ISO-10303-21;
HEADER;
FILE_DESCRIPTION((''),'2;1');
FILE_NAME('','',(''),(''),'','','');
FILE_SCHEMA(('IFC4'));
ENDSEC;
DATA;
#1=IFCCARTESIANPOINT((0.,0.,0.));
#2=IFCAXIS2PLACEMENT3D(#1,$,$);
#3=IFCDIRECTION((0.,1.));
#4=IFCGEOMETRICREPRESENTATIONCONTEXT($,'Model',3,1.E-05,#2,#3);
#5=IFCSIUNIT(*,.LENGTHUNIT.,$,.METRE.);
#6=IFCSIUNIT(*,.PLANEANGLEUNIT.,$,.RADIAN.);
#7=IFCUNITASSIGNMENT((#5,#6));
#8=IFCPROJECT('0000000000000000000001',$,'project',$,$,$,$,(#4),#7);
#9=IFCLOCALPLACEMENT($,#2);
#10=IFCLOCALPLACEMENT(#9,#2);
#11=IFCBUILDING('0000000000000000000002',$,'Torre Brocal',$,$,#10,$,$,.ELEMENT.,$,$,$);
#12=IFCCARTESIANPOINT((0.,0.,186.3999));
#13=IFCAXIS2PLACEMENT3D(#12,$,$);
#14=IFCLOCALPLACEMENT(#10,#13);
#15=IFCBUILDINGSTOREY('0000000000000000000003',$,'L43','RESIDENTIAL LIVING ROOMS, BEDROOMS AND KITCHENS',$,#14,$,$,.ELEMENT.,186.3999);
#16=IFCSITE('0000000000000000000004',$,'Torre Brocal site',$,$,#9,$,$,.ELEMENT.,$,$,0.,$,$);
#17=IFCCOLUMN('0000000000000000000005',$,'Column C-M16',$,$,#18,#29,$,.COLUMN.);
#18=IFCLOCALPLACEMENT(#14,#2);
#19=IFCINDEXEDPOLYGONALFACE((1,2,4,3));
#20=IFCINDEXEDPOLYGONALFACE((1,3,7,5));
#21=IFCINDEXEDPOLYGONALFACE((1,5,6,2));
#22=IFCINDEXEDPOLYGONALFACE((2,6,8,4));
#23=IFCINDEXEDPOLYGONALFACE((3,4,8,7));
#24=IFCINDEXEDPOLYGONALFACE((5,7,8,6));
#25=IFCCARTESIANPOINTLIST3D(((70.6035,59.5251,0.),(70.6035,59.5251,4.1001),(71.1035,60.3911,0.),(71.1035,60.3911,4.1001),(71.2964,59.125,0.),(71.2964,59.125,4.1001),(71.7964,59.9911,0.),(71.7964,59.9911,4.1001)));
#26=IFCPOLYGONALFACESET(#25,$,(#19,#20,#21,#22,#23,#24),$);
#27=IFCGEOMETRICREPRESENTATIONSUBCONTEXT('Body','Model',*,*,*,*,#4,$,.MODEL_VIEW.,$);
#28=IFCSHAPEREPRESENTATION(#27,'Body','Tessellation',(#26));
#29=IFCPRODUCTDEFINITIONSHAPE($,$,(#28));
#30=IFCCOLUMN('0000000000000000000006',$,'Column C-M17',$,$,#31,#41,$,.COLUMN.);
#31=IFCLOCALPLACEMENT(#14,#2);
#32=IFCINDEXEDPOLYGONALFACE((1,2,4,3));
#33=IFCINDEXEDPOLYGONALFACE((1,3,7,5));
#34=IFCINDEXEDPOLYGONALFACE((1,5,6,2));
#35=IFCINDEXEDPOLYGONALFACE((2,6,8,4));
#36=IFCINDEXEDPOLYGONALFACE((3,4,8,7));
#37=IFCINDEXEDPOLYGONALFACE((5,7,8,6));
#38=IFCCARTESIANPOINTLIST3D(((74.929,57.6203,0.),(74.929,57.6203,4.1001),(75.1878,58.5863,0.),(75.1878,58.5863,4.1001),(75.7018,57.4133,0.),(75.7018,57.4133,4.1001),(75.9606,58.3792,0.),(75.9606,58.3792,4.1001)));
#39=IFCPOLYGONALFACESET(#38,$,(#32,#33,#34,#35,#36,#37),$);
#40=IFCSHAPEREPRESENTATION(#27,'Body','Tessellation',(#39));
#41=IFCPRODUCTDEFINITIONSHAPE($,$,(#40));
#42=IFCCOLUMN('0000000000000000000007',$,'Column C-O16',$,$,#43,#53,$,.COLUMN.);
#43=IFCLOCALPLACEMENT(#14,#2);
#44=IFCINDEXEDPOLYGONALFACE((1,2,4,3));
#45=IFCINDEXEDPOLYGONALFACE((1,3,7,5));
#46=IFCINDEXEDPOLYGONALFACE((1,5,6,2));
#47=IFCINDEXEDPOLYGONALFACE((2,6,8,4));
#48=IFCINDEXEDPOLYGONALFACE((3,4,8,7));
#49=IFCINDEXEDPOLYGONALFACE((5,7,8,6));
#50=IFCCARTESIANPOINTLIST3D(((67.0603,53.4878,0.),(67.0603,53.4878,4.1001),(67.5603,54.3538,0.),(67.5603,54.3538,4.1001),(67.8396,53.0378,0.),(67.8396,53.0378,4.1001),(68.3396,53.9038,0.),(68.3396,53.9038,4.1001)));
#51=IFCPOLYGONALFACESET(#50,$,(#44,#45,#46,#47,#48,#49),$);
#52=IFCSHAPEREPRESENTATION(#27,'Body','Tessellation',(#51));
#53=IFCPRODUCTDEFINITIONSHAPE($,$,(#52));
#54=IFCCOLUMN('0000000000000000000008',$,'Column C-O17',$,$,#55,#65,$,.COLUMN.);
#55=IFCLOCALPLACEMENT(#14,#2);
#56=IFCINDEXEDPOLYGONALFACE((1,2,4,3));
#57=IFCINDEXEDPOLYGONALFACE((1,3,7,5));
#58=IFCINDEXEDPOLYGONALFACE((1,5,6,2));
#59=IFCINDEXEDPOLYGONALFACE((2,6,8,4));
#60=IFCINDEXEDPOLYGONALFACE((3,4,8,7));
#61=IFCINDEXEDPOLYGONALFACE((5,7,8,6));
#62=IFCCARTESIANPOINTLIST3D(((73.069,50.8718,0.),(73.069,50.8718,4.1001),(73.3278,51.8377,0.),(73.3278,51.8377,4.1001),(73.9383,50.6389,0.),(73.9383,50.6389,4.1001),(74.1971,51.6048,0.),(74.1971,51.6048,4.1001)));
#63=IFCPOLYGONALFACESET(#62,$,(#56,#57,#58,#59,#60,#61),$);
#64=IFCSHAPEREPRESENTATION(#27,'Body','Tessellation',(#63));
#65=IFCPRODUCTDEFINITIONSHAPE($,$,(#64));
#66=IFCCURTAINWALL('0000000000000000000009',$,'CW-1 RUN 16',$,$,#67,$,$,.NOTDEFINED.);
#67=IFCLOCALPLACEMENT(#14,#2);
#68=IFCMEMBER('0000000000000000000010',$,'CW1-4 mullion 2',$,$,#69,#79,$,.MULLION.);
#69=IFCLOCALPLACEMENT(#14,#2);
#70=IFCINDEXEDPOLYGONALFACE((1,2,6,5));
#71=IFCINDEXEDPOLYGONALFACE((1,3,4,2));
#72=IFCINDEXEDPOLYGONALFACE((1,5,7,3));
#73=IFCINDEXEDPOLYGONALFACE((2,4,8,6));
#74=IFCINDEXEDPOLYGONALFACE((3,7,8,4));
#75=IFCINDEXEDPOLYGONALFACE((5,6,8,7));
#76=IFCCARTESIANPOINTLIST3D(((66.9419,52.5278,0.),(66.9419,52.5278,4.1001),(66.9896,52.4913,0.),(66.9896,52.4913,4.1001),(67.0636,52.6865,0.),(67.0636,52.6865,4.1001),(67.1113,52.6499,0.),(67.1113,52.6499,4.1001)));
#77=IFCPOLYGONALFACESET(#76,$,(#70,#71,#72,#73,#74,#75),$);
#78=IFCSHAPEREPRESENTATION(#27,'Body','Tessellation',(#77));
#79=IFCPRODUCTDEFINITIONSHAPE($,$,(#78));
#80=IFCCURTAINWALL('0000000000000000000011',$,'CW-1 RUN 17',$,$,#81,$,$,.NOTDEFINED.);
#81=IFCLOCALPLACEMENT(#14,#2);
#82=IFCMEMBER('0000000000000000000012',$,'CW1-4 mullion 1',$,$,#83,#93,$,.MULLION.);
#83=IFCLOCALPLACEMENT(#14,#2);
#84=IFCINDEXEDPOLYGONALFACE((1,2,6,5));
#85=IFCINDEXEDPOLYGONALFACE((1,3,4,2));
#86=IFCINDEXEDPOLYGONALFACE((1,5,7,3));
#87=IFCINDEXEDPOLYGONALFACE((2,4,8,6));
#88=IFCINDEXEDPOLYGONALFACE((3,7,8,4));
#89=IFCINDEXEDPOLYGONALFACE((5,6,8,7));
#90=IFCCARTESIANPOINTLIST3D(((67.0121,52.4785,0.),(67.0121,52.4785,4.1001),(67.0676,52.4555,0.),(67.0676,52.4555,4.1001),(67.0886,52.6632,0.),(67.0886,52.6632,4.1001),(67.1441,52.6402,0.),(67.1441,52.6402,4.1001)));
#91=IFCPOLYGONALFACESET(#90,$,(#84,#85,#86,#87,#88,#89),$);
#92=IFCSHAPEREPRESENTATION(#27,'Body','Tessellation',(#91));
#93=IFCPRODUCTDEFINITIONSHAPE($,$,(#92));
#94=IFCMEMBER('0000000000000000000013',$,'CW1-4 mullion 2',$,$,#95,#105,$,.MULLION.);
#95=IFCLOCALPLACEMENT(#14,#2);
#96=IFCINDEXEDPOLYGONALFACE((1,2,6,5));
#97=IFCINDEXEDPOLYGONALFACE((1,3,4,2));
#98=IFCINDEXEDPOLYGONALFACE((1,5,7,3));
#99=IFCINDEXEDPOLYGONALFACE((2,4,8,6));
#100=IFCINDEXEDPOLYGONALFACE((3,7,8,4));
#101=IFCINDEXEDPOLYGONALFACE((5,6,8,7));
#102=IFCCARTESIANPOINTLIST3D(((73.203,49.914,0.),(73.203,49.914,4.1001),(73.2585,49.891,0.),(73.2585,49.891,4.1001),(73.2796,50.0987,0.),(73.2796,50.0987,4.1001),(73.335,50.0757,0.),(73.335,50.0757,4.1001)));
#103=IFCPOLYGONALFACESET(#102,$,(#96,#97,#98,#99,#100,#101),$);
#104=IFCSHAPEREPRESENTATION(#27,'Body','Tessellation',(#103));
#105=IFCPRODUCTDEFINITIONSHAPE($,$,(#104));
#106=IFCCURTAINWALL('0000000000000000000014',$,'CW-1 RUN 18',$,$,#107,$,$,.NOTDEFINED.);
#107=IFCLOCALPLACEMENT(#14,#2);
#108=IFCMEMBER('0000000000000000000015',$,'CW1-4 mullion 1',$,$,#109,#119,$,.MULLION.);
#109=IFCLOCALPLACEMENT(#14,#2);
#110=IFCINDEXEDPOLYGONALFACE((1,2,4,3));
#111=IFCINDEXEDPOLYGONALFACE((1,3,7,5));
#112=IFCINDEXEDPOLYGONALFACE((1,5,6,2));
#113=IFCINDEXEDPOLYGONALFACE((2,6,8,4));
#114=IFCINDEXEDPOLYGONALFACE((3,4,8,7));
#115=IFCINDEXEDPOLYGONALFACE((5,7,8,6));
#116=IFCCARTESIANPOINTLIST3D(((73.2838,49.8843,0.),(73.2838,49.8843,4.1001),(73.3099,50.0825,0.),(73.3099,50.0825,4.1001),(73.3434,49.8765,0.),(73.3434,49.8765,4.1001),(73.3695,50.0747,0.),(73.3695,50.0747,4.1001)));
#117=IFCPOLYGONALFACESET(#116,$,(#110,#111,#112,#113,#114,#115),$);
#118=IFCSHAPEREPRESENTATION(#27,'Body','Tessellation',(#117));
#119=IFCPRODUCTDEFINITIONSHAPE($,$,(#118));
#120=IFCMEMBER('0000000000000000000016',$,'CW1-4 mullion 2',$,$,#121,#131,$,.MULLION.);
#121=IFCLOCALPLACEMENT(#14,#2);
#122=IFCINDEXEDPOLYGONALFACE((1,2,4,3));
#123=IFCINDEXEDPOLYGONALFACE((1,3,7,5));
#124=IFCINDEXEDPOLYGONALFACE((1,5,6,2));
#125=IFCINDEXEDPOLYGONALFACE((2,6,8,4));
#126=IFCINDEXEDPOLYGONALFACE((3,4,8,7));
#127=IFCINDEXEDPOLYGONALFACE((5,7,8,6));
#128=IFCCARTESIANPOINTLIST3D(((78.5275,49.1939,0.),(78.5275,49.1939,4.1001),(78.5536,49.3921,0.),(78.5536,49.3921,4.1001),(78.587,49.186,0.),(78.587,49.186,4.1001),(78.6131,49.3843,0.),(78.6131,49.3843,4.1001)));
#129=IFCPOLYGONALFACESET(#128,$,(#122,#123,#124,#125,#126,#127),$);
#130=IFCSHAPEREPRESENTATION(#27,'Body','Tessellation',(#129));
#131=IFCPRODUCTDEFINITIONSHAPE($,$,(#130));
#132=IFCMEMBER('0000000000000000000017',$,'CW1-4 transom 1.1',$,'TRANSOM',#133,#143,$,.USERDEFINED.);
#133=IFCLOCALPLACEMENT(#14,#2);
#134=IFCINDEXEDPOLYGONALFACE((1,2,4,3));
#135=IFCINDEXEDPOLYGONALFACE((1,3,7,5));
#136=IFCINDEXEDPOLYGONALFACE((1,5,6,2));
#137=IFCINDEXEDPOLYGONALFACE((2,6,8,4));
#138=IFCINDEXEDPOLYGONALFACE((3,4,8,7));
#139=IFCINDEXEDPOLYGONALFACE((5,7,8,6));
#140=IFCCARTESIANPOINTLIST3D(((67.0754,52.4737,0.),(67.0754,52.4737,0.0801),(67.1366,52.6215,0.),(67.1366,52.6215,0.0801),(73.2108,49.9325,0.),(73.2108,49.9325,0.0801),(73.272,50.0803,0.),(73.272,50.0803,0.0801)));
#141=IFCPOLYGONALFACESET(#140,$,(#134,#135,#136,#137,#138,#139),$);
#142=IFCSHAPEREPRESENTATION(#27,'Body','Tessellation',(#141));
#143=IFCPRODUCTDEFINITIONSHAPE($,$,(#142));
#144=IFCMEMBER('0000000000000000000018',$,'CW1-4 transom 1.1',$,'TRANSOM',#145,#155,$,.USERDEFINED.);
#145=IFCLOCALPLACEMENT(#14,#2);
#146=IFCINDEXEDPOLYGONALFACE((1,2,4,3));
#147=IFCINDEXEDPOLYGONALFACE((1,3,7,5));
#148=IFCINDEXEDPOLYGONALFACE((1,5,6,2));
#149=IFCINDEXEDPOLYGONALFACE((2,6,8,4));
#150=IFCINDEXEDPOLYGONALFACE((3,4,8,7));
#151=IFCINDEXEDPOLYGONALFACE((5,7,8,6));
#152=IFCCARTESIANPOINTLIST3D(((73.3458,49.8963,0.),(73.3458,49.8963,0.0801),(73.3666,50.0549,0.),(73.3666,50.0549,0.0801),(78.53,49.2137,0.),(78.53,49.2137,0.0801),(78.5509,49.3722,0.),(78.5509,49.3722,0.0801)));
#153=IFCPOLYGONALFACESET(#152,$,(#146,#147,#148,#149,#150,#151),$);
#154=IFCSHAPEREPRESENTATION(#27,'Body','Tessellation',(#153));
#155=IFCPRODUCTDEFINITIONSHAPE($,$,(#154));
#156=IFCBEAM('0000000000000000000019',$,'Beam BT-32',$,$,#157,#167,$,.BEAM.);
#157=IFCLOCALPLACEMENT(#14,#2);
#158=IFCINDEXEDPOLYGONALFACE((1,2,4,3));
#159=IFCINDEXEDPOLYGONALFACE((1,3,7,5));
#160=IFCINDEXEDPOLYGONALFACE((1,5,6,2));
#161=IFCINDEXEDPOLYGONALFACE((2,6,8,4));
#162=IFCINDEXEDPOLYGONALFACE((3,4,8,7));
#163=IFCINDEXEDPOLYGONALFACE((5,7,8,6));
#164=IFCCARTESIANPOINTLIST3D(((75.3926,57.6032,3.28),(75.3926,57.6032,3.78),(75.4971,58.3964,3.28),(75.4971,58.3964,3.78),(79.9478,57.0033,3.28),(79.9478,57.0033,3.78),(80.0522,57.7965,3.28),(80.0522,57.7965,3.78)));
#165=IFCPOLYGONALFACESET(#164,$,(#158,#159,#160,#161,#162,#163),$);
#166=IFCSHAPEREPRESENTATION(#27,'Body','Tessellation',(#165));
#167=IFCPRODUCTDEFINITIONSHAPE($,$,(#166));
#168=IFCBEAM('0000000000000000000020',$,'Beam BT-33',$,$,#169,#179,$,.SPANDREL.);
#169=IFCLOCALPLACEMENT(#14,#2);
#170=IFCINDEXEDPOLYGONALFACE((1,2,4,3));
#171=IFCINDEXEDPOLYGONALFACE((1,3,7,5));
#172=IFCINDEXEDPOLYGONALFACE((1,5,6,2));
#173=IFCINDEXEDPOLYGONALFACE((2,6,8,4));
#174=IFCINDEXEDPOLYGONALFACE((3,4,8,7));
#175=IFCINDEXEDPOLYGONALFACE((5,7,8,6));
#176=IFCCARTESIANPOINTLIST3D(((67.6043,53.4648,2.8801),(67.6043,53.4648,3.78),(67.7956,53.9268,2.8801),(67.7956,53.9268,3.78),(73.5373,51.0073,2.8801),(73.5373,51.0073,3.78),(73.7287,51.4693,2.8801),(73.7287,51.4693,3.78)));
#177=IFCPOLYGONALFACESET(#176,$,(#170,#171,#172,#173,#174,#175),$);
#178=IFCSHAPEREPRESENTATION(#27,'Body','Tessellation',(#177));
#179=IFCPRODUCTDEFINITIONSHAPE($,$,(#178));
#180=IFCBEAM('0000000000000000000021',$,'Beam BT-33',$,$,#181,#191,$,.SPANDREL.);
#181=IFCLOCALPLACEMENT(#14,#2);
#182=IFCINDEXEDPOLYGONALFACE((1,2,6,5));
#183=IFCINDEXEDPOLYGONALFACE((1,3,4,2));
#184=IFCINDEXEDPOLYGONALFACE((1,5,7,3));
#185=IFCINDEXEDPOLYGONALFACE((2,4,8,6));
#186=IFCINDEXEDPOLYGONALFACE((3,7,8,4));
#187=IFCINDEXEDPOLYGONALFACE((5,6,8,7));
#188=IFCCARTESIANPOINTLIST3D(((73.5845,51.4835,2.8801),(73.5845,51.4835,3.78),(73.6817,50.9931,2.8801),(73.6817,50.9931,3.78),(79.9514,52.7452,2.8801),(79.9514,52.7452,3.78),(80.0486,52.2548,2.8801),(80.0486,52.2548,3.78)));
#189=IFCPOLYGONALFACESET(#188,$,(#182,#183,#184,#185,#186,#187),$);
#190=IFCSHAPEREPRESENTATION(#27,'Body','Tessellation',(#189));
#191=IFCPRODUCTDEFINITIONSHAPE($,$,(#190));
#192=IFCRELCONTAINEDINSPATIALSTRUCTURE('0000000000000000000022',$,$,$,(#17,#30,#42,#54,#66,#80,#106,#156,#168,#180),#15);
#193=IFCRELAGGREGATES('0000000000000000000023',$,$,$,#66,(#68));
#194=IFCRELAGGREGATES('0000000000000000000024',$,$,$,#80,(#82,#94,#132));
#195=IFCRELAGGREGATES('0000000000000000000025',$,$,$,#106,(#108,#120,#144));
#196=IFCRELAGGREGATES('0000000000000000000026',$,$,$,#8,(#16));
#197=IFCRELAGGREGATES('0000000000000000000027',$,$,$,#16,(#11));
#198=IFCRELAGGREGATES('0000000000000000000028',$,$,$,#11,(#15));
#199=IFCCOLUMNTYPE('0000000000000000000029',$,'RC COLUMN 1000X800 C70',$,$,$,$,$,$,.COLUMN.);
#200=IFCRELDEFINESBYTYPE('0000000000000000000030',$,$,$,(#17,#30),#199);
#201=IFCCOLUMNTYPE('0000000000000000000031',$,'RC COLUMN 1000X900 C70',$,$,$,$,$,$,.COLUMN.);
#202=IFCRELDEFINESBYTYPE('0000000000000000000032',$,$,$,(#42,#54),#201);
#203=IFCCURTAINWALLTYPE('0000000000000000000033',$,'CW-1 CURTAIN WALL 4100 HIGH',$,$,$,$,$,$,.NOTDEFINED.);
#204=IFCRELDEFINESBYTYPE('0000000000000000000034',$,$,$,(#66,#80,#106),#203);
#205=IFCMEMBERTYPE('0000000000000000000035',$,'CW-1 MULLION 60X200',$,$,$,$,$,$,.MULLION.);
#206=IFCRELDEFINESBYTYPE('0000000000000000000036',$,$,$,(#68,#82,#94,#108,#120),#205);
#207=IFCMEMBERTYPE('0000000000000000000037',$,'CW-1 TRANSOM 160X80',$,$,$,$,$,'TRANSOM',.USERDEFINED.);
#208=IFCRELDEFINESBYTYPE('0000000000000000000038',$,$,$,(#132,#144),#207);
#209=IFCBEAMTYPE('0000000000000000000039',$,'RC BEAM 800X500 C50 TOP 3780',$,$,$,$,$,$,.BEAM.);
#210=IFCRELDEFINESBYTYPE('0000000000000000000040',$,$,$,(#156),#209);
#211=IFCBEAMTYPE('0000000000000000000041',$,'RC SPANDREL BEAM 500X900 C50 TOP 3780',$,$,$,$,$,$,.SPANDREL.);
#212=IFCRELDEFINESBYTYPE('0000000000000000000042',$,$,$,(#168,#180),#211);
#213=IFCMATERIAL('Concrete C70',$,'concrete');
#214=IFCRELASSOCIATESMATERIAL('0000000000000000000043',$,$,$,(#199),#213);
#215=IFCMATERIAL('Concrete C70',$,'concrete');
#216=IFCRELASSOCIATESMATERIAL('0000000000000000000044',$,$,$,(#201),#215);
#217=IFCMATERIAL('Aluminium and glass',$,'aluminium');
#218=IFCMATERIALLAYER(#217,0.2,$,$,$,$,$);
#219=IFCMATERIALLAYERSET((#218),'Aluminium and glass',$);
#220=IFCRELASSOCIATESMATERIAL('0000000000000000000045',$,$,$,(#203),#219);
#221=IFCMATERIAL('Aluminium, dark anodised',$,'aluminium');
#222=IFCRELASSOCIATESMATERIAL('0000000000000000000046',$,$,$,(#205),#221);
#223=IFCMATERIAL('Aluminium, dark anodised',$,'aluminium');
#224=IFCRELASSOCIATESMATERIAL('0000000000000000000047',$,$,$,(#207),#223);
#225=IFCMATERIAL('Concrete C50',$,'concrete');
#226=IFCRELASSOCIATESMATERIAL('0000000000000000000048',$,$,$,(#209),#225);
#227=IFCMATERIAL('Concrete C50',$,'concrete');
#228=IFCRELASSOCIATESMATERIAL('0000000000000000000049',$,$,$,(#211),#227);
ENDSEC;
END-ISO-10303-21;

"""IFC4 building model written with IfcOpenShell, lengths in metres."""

from ifc_helpers import new_model, si_unit, direction, frame, origin, origin_2d, place, context, subcontext, project, spatial, rectangle, extrude, material, layer, layer_set, material_profile, profile_set, type_object, element, aggregate, save


model = new_model("IFC4")

# Units and contexts
model_context = context("Model", 3, precision=1e-05, world=origin(), true_north=direction((0.0, 1.0)))
body_context = subcontext(model_context, "Body", "Model", "MODEL_VIEW")
ifc_project = project(units=[si_unit("LENGTHUNIT", "METRE"), si_unit("PLANEANGLEUNIT", "RADIAN")], contexts=[model_context])

# Site, building, storey
site_placement = place(None, origin())
site = spatial("IfcSite", under=ifc_project, at=site_placement, Name="Torre Brocal site", CompositionType="ELEMENT", RefElevation=0.0)
building_placement = place(site_placement, origin())
building = spatial("IfcBuilding", under=site, at=building_placement, Name="Torre Brocal", CompositionType="ELEMENT")
storey_placement = place(building_placement, frame((0.0, 0.0, 186.3999)))
storey = spatial("IfcBuildingStorey", under=building, at=storey_placement, Name="L43", Description="RESIDENTIAL LIVING ROOMS, BEDROOMS AND KITCHENS", CompositionType="ELEMENT", Elevation=186.3999)

# Columns
ifc_material_1 = material(Name="Concrete C70", Category="concrete")
ifc_material_profile_1 = material_profile(ifc_material_1, rectangle(XDim=1.0, YDim=0.8, at=origin_2d()), Name="RC 1000X800")
ifc_profile_set_1 = profile_set([ifc_material_profile_1], Name="Concrete C70")
column_type_1 = type_object("IfcColumnType", Name="RC COLUMN 1000X800 C70", PredefinedType="COLUMN", material=ifc_profile_set_1)
for number, where, z_axis, x_axis, name in (
    (1, (71.2, 59.7581, 0.0), (0.0, 0.0, 1.0), (-0.5, -0.866025, 0.0), "Column C-M16"),
    (2, (75.4448, 57.9998, 0.0), (0.0, 0.0, 1.0), (-0.258819, -0.965926, 0.0), "Column C-M17"),
):
    element("IfcColumn", number, at=place(storey_placement, frame(where, z_axis=z_axis, x_axis=x_axis)), inside=storey, type_object=column_type_1, Name=name, PredefinedType="COLUMN", context=body_context, shape_type="SweptSolid", body=[
        extrude(rectangle(XDim=1.0, YDim=0.8, at=origin_2d()), origin(), (0.0, 0.0, 1.0), 4.1001),
    ])
ifc_material_2 = material(Name="Concrete C70", Category="concrete")
ifc_material_profile_2 = material_profile(ifc_material_2, rectangle(XDim=1.0, YDim=0.8999, at=origin_2d()), Name="RC 1000X900")
ifc_profile_set_2 = profile_set([ifc_material_profile_2], Name="Concrete C70")
column_type_2 = type_object("IfcColumnType", Name="RC COLUMN 1000X900 C70", PredefinedType="COLUMN", material=ifc_profile_set_2)
for number, where, z_axis, x_axis, name in (
    (3, (67.7, 53.6958, 0.0), (0.0, 0.0, 1.0), (-0.5, -0.866025, 0.0), "Column C-O16"),
    (4, (73.6331, 51.2383, 0.0), (0.0, 0.0, 1.0), (-0.258819, -0.965926, 0.0), "Column C-O17"),
):
    element("IfcColumn", number, at=place(storey_placement, frame(where, z_axis=z_axis, x_axis=x_axis)), inside=storey, type_object=column_type_2, Name=name, PredefinedType="COLUMN", context=body_context, shape_type="SweptSolid", body=[
        extrude(rectangle(XDim=1.0, YDim=0.8999, at=origin_2d()), origin(), (0.0, 0.0, 1.0), 4.1001),
    ])

# Curtain wall, member
ifc_material_3 = material(Name="Aluminium and glass", Category="aluminium")
ifc_layer_1 = layer(ifc_material_3, 0.2)
ifc_layer_set_1 = layer_set([ifc_layer_1], Name="Aluminium and glass")
curtain_wall_type = type_object("IfcCurtainWallType", Name="CW-1 CURTAIN WALL 4100 HIGH", PredefinedType="NOTDEFINED", material=ifc_layer_set_1)
curtain_wall_1_placement = place(storey_placement, origin())
curtain_wall_1 = element("IfcCurtainWall", 5, at=curtain_wall_1_placement, inside=storey, type_object=curtain_wall_type, Name="CW-1 RUN 16", PredefinedType="NOTDEFINED")
ifc_material_4 = material(Name="Aluminium, dark anodised", Category="aluminium")
ifc_material_profile_3 = material_profile(ifc_material_4, rectangle(XDim=0.2, YDim=0.0601, at=origin_2d()), Name="CW-1 MULLION 60X200")
ifc_profile_set_3 = profile_set([ifc_material_profile_3], Name="Aluminium, dark anodised")
member_type_1 = type_object("IfcMemberType", Name="CW-1 MULLION 60X200", PredefinedType="MULLION", material=ifc_profile_set_3)
member_1_placement = place(storey_placement, frame((67.0266, 52.5889, 0.0), z_axis=(0.0, 0.0, 1.0), x_axis=(0.608761, 0.793353, 0.0)))
member_1 = element("IfcMember", 6, at=member_1_placement, type_object=member_type_1, Name="CW1-4 mullion 2", PredefinedType="MULLION", context=body_context, shape_type="SweptSolid", body=[
    extrude(rectangle(XDim=0.2, YDim=0.0601, at=origin_2d()), origin(), (0.0, 0.0, 1.0), 4.1001),
])
aggregate(curtain_wall_1, [member_1])

# Curtain walls, members
curtain_wall_2_placement = place(storey_placement, origin())
curtain_wall_2 = element("IfcCurtainWall", 7, at=curtain_wall_2_placement, inside=storey, type_object=curtain_wall_type, Name="CW-1 RUN 17", PredefinedType="NOTDEFINED")
member_2_placement = place(storey_placement, frame((67.0781, 52.5593, 0.0), z_axis=(0.0, 0.0, 1.0), x_axis=(0.382683, 0.92388, 0.0)))
member_2 = element("IfcMember", 8, at=member_2_placement, type_object=member_type_1, Name="CW1-4 mullion 1", PredefinedType="MULLION", context=body_context, shape_type="SweptSolid", body=[
    extrude(rectangle(XDim=0.2, YDim=0.0601, at=origin_2d()), origin(), (0.0, 0.0, 1.0), 4.1001),
])
member_3_placement = place(storey_placement, frame((73.269, 49.9949, 0.0), z_axis=(0.0, 0.0, 1.0), x_axis=(0.382683, 0.92388, 0.0)))
member_3 = element("IfcMember", 9, at=member_3_placement, type_object=member_type_1, Name="CW1-4 mullion 2", PredefinedType="MULLION", context=body_context, shape_type="SweptSolid", body=[
    extrude(rectangle(XDim=0.2, YDim=0.0601, at=origin_2d()), origin(), (0.0, 0.0, 1.0), 4.1001),
])
curtain_wall_3_placement = place(storey_placement, origin())
curtain_wall_3 = element("IfcCurtainWall", 10, at=curtain_wall_3_placement, inside=storey, type_object=curtain_wall_type, Name="CW-1 RUN 18", PredefinedType="NOTDEFINED")
member_4_placement = place(storey_placement, frame((73.3267, 49.9795, 0.0), z_axis=(0.0, 0.0, 1.0), x_axis=(0.130526, 0.991445, 0.0)))
member_4 = element("IfcMember", 11, at=member_4_placement, type_object=member_type_1, Name="CW1-4 mullion 1", PredefinedType="MULLION", context=body_context, shape_type="SweptSolid", body=[
    extrude(rectangle(XDim=0.2, YDim=0.0601, at=origin_2d()), origin(), (0.0, 0.0, 1.0), 4.1001),
])
member_5_placement = place(storey_placement, frame((78.5703, 49.2891, 0.0), z_axis=(0.0, 0.0, 1.0), x_axis=(0.130526, 0.991445, 0.0)))
member_5 = element("IfcMember", 12, at=member_5_placement, type_object=member_type_1, Name="CW1-4 mullion 2", PredefinedType="MULLION", context=body_context, shape_type="SweptSolid", body=[
    extrude(rectangle(XDim=0.2, YDim=0.0601, at=origin_2d()), origin(), (0.0, 0.0, 1.0), 4.1001),
])

# Members
ifc_material_5 = material(Name="Aluminium, dark anodised", Category="aluminium")
ifc_material_profile_4 = material_profile(ifc_material_5, rectangle(XDim=0.1599, YDim=0.0801, at=origin_2d()), Name="CW-1 TRANSOM 160X80")
ifc_profile_set_4 = profile_set([ifc_material_profile_4], Name="Aluminium, dark anodised")
member_type_2 = type_object("IfcMemberType", Name="CW-1 TRANSOM 160X80", ElementType="TRANSOM", PredefinedType="USERDEFINED", material=ifc_profile_set_4)
member_6_placement = place(storey_placement, frame((67.106, 52.5476, 0.04), z_axis=(0.923887, -0.382665, 0.0), x_axis=(0.382665, 0.923887, 0.0)))
member_6 = element("IfcMember", 13, at=member_6_placement, type_object=member_type_2, Name="CW1-4 transom 1.1", ObjectType="TRANSOM", PredefinedType="USERDEFINED", context=body_context, shape_type="SweptSolid", body=[
    extrude(rectangle(XDim=0.1599, YDim=0.0801, at=origin_2d()), origin(), (0.0, 0.0, 1.0), 6.6409),
])
member_7_placement = place(storey_placement, frame((73.3562, 49.9756, 0.04), z_axis=(0.991443, -0.130543, 0.0), x_axis=(0.130543, 0.991443, 0.0)))
member_7 = element("IfcMember", 14, at=member_7_placement, type_object=member_type_2, Name="CW1-4 transom 1.1", ObjectType="TRANSOM", PredefinedType="USERDEFINED", context=body_context, shape_type="SweptSolid", body=[
    extrude(rectangle(XDim=0.1599, YDim=0.0801, at=origin_2d()), origin(), (0.0, 0.0, 1.0), 5.229),
])

# Beams
ifc_material_6 = material(Name="Concrete C50", Category="concrete")
ifc_material_profile_5 = material_profile(ifc_material_6, rectangle(XDim=0.8, YDim=0.5, at=origin_2d()), Name="RC 800X500")
ifc_profile_set_5 = profile_set([ifc_material_profile_5], Name="Concrete C50")
beam_type_1 = type_object("IfcBeamType", Name="RC BEAM 800X500 C50 TOP 3780", PredefinedType="BEAM", material=ifc_profile_set_5)
beam_1_placement = place(storey_placement, frame((75.4448, 57.9998, 3.53), z_axis=(0.991441, -0.130559, 0.0), x_axis=(0.130559, 0.991441, 0.0)))
element("IfcBeam", 15, at=beam_1_placement, inside=storey, type_object=beam_type_1, Name="Beam BT-32", PredefinedType="BEAM", context=body_context, shape_type="SweptSolid", body=[
    extrude(rectangle(XDim=0.8, YDim=0.5, at=origin_2d()), origin(), (0.0, 0.0, 1.0), 4.5945),
])
ifc_material_7 = material(Name="Concrete C50", Category="concrete")
ifc_material_profile_6 = material_profile(ifc_material_7, rectangle(XDim=0.5, YDim=0.8999, at=origin_2d()), Name="RC 500X900")
ifc_profile_set_6 = profile_set([ifc_material_profile_6], Name="Concrete C50")
beam_type_2 = type_object("IfcBeamType", Name="RC SPANDREL BEAM 500X900 C50 TOP 3780", PredefinedType="SPANDREL", material=ifc_profile_set_6)
beam_2_placement = place(storey_placement, frame((67.7, 53.6958, 3.3301), z_axis=(0.923882, -0.382676, 0.0), x_axis=(0.382676, 0.923882, 0.0)))
element("IfcBeam", 16, at=beam_2_placement, inside=storey, type_object=beam_type_2, Name="Beam BT-33", PredefinedType="SPANDREL", context=body_context, shape_type="SweptSolid", body=[
    extrude(rectangle(XDim=0.5, YDim=0.8999, at=origin_2d()), origin(), (0.0, 0.0, 1.0), 6.4219),
])
beam_3_placement = place(storey_placement, frame((73.6331, 51.2383, 3.3301), z_axis=(0.980925, 0.194387, 0.0), x_axis=(-0.194387, 0.980925, 0.0)))
element("IfcBeam", 17, at=beam_3_placement, inside=storey, type_object=beam_type_2, Name="Beam BT-33", PredefinedType="SPANDREL", context=body_context, shape_type="SweptSolid", body=[
    extrude(rectangle(XDim=0.5, YDim=0.8999, at=origin_2d()), origin(), (0.0, 0.0, 1.0), 6.4907),
])

aggregate(curtain_wall_2, [member_2, member_3, member_6])
aggregate(curtain_wall_3, [member_4, member_5, member_7])

save(model, "model.ifc")
